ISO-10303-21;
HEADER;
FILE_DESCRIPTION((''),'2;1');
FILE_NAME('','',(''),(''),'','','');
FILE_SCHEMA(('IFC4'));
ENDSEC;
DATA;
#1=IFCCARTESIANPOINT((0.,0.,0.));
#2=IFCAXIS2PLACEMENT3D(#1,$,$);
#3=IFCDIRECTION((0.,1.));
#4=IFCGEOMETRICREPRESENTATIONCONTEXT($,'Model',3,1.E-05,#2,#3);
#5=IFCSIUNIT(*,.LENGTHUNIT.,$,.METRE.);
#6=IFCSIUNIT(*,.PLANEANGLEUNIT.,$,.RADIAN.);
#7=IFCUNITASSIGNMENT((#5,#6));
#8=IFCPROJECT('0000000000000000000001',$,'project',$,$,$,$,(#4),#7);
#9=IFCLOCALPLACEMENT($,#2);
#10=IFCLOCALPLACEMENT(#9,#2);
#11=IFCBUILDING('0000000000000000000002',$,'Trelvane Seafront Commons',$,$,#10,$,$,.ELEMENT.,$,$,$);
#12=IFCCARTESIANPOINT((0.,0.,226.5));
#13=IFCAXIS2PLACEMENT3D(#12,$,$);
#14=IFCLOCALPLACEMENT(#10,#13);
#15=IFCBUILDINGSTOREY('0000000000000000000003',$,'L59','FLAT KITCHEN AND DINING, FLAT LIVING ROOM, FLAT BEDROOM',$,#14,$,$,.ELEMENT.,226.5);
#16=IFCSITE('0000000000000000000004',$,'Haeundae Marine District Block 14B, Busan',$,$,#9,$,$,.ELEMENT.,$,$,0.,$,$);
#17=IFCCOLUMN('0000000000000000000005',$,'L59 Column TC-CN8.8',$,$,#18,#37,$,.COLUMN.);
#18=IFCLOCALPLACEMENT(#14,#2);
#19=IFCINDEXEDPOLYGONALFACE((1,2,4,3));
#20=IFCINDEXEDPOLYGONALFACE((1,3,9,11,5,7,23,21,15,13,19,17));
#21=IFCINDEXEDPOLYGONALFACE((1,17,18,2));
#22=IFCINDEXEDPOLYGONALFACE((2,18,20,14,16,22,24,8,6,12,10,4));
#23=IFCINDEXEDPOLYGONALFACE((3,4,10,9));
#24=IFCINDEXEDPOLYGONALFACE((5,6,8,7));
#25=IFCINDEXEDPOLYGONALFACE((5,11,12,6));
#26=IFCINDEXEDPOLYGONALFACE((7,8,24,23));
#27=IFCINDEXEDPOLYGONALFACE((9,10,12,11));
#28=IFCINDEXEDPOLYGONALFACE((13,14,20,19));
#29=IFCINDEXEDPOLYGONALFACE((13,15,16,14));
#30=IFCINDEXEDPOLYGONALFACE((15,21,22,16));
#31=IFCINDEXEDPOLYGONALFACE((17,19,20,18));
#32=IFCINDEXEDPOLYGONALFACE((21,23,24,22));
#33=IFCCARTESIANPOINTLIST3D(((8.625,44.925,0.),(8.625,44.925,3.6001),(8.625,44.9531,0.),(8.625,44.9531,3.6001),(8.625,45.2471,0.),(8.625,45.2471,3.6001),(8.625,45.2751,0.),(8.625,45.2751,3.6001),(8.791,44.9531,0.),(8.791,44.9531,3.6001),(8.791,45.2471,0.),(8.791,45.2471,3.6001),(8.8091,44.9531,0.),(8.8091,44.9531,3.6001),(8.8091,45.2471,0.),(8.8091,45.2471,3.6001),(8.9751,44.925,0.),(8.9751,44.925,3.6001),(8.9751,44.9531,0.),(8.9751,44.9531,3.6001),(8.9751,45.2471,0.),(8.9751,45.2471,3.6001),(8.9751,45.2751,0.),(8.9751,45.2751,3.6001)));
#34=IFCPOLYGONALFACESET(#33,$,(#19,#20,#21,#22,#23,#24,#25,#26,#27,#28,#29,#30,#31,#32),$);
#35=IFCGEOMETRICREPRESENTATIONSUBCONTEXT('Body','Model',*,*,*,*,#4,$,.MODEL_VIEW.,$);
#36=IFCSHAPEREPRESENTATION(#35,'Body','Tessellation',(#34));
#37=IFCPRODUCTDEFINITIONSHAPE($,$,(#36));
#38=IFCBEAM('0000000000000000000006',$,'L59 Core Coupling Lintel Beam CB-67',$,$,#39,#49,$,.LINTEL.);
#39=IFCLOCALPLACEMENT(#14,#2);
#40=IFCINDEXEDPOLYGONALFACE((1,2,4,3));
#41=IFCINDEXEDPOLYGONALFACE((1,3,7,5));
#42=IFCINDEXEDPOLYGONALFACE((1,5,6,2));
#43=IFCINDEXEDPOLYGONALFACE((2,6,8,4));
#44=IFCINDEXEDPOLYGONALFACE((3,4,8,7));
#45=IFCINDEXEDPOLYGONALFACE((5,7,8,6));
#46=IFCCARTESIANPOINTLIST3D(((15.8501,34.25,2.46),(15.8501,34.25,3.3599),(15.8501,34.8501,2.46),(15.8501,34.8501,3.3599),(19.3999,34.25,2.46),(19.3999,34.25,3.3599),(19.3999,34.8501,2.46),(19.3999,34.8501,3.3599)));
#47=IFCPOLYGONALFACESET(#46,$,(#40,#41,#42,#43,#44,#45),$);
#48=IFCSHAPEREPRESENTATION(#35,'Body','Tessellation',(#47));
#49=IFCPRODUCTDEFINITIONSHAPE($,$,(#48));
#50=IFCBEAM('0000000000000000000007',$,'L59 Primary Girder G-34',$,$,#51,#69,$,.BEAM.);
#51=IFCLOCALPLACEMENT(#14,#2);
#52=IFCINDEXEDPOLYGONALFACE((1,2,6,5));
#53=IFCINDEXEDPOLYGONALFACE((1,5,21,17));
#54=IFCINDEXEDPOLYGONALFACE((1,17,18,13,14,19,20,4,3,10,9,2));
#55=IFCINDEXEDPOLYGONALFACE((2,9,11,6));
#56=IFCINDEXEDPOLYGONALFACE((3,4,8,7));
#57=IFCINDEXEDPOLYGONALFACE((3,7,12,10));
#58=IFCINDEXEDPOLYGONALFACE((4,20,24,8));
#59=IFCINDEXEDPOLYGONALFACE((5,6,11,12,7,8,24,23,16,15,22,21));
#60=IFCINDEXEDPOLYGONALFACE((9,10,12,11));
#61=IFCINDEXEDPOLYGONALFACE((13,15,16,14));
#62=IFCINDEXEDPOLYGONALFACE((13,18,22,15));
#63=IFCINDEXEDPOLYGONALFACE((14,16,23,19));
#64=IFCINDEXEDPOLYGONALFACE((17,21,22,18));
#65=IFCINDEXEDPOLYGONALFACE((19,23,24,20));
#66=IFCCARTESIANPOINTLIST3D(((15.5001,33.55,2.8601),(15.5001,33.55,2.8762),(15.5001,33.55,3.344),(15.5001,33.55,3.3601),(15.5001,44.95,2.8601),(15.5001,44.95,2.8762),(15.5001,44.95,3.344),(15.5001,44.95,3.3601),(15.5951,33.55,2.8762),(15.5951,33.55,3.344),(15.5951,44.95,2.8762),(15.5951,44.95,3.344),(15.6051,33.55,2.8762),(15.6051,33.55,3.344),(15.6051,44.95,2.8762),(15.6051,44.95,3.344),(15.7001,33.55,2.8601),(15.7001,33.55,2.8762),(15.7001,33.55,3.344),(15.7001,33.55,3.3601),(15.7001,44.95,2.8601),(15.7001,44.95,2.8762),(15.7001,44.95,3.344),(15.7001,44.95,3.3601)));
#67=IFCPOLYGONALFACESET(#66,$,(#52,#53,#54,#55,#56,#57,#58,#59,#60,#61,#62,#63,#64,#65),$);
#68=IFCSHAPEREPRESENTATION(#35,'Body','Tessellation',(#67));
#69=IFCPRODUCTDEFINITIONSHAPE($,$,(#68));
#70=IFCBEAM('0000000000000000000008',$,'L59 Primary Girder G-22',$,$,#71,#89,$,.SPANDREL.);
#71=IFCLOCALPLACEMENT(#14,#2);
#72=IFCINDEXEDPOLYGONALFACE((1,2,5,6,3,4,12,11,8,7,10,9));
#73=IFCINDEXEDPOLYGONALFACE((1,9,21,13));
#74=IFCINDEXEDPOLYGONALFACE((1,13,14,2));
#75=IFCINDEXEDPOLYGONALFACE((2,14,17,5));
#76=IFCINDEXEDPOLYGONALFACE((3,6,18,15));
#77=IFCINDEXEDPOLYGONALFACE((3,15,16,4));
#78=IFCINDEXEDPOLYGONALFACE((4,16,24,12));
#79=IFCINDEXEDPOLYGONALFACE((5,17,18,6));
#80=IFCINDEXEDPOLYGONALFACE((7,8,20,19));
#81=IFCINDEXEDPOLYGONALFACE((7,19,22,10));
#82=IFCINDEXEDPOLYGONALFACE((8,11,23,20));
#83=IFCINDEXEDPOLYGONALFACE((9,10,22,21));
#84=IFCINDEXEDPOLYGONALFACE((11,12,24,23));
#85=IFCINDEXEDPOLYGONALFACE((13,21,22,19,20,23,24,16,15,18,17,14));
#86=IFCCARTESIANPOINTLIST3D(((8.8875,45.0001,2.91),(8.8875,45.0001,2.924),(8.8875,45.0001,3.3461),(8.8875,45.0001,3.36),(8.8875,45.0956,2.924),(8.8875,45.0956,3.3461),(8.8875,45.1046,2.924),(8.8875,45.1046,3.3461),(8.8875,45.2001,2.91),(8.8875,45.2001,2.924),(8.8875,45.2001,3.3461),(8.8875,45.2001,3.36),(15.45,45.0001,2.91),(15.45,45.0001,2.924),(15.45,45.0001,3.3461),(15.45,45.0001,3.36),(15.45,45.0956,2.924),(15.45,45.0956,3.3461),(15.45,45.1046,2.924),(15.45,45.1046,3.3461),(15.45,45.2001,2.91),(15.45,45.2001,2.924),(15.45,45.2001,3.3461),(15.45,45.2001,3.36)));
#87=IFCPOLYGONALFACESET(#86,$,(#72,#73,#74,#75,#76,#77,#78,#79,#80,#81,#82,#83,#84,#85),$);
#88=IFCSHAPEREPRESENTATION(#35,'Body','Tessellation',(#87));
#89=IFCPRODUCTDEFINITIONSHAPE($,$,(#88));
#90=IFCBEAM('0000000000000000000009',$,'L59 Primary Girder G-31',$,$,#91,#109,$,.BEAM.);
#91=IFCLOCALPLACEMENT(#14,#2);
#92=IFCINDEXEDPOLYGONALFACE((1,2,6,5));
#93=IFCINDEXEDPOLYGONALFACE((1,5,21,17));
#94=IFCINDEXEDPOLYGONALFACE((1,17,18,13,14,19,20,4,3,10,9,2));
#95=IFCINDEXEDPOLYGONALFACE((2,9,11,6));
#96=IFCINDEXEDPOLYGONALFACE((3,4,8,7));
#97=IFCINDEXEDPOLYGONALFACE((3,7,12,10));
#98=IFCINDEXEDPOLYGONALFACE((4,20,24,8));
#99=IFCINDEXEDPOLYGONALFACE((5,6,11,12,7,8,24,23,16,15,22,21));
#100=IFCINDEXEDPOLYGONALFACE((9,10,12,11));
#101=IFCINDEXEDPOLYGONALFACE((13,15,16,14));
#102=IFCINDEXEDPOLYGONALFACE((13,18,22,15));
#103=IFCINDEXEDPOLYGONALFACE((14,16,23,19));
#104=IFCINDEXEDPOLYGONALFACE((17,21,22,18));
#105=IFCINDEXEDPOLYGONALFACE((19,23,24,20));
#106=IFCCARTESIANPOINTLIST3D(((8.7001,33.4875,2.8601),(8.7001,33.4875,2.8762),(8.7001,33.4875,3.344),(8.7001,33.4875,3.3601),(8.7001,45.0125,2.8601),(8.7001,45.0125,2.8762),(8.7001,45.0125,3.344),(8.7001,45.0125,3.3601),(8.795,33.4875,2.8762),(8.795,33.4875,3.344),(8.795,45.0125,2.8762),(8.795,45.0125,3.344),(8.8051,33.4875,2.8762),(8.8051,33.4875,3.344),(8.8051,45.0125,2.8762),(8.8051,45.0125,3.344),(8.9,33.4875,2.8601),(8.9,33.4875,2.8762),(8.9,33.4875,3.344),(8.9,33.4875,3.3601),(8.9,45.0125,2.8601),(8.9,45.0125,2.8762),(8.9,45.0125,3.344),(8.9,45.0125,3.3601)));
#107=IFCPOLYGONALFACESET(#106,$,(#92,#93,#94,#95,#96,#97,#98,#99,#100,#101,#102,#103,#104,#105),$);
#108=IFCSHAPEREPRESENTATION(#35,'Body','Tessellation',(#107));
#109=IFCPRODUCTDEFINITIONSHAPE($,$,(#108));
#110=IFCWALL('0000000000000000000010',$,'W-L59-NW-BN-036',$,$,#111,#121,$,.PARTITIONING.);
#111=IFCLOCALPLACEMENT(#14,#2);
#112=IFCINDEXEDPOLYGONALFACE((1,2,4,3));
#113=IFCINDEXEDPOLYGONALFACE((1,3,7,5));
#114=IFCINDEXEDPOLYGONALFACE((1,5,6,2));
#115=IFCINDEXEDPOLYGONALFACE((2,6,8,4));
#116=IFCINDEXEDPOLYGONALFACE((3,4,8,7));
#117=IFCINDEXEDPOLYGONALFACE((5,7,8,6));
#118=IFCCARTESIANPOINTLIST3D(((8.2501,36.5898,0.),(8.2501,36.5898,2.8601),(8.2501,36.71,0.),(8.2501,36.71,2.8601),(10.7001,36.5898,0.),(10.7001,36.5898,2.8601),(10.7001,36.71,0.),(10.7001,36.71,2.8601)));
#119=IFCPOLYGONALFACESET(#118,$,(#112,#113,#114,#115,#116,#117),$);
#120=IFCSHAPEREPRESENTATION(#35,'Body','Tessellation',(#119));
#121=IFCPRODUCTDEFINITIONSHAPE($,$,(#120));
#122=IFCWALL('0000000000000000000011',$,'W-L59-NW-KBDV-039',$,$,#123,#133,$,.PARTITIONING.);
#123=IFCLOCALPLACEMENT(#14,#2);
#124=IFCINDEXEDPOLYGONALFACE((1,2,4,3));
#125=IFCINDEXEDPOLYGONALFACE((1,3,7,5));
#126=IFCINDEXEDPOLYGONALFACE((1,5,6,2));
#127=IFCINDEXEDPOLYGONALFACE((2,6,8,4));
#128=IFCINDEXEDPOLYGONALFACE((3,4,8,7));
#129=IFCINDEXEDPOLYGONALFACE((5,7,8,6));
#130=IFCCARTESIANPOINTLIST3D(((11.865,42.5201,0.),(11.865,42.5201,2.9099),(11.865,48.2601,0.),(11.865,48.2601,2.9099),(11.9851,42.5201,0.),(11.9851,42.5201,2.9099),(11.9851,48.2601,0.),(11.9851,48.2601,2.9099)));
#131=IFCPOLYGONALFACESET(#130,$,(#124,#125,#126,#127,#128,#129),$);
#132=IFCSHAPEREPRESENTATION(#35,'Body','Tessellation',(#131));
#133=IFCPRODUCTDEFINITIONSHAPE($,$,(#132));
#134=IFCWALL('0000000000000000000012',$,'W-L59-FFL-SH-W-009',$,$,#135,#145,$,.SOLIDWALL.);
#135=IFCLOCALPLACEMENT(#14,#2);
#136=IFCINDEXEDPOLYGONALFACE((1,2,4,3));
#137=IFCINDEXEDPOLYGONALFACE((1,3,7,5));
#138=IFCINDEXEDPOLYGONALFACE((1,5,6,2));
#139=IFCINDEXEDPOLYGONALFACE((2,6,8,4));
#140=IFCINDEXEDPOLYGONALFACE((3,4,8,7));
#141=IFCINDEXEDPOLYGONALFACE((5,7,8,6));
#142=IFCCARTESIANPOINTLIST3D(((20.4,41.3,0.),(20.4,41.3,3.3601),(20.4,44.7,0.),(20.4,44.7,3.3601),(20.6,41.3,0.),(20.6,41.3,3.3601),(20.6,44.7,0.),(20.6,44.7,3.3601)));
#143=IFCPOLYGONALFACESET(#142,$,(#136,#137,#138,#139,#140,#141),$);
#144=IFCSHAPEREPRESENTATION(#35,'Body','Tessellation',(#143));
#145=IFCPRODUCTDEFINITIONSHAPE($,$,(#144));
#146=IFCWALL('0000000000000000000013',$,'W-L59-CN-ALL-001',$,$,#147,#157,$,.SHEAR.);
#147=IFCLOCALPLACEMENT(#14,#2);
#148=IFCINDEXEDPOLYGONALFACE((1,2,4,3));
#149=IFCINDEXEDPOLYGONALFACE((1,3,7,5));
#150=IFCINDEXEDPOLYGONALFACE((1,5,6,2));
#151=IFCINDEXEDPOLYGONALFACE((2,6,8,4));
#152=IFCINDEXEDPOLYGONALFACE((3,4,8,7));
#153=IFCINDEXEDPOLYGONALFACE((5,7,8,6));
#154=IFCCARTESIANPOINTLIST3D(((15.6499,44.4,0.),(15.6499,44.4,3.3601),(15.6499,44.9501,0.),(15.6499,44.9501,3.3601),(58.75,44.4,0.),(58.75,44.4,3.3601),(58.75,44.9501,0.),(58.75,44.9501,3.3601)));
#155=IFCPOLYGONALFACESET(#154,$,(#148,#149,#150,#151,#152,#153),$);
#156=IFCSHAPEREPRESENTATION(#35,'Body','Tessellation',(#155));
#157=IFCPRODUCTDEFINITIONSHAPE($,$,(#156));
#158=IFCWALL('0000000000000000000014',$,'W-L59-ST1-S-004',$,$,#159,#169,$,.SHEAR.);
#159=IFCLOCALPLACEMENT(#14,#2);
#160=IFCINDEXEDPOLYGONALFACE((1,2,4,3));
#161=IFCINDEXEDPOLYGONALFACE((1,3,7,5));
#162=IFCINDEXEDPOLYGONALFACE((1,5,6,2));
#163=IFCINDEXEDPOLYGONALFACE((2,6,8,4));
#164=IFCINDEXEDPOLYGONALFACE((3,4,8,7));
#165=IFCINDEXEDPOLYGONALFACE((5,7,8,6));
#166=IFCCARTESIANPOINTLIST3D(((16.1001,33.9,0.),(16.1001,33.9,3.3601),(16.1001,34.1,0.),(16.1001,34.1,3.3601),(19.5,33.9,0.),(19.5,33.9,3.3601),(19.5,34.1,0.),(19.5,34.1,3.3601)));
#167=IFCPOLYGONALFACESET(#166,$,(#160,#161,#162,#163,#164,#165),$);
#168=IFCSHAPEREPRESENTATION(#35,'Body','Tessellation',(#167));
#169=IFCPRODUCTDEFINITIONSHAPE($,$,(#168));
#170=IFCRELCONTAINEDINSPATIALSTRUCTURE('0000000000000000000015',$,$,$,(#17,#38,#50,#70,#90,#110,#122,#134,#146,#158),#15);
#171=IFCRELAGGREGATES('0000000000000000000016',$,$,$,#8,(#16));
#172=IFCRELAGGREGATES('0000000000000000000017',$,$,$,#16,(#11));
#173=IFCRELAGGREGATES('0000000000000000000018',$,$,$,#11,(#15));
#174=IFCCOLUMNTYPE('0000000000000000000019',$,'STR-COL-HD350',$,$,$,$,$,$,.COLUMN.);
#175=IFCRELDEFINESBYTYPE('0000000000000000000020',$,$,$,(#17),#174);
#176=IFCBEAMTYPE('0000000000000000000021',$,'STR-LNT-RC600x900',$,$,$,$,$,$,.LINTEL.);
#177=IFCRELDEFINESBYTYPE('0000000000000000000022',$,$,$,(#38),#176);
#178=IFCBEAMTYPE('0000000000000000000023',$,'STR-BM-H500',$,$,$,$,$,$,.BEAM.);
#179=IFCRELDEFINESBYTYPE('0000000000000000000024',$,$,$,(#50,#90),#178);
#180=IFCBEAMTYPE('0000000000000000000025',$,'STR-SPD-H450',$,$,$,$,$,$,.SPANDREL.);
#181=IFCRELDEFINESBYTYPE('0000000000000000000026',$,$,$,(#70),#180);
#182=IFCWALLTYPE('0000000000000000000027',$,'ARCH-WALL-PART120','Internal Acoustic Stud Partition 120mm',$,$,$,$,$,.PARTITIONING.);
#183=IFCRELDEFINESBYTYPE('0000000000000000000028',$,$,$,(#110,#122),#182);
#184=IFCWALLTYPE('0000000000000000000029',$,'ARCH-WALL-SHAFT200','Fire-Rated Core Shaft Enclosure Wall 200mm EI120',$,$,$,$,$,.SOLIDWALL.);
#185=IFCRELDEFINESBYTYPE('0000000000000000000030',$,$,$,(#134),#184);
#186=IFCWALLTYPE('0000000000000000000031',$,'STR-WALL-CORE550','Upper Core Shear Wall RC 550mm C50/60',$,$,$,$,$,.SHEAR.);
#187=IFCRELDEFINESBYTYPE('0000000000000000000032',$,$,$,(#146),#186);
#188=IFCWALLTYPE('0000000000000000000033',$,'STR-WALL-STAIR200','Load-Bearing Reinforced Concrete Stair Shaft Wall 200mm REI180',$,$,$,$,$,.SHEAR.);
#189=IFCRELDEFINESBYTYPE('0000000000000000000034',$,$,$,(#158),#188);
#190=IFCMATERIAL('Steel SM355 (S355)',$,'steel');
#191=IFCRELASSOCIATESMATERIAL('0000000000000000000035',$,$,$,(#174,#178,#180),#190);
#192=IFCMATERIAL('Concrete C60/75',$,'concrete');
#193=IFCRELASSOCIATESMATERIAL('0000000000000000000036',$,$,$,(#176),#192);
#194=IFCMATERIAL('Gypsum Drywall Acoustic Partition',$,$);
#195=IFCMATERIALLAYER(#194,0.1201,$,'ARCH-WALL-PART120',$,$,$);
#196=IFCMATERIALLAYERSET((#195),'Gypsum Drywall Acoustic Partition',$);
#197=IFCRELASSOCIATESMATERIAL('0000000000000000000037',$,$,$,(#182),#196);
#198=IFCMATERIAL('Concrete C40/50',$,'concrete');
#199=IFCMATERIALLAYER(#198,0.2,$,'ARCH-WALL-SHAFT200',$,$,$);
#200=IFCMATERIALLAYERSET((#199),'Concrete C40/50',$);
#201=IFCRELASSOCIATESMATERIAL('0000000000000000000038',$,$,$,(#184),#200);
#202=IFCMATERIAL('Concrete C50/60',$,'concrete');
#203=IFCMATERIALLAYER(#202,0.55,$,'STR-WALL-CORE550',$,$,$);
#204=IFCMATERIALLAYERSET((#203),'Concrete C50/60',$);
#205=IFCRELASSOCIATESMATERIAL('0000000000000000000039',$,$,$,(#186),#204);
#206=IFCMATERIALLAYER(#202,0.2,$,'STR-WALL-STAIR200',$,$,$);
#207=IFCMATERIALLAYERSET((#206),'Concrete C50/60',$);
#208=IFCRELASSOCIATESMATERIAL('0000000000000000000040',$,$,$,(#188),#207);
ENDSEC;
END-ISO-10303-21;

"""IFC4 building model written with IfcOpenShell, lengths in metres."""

from ifc_helpers import new_model, si_unit, direction, frame, frame_2d, origin, origin_2d, place, context, subcontext, project, spatial, rectangle, i_section, extrude, source, transform, mapped, material, layer, layer_set, material_profile, profile_set, type_object, element, save


model = new_model("IFC4")

# Units and contexts
model_context = context("Model", 3, precision=1e-05, world=origin(), true_north=direction((0.0, 1.0)))
body_context = subcontext(model_context, "Body", "Model", "MODEL_VIEW")
ifc_project = project(units=[si_unit("LENGTHUNIT", "METRE"), si_unit("PLANEANGLEUNIT", "RADIAN")], contexts=[model_context])

# Site, building, storey
site_placement = place(None, origin())
site = spatial("IfcSite", under=ifc_project, at=site_placement, Name="Haeundae Marine District Block 14B, Busan", CompositionType="ELEMENT", RefElevation=0.0)
building_placement = place(site_placement, origin())
building = spatial("IfcBuilding", under=site, at=building_placement, Name="Trelvane Seafront Commons", CompositionType="ELEMENT")
storey_placement = place(building_placement, frame((0.0, 0.0, 226.5)))
storey = spatial("IfcBuildingStorey", under=building, at=storey_placement, Name="L59", Description="FLAT KITCHEN AND DINING, FLAT LIVING ROOM, FLAT BEDROOM", CompositionType="ELEMENT", Elevation=226.5)

# Column
ifc_material_1 = material(Name="Steel SM355 (S355)", Category="steel")
ifc_material_profile_1 = material_profile(ifc_material_1, i_section(OverallWidth=0.3501, OverallDepth=0.3501, WebThickness=0.0181, FlangeThickness=0.0281, at=origin_2d()), Name="HD-350x350x18x28")
ifc_profile_set_1 = profile_set([ifc_material_profile_1], Name="Steel SM355 (S355)")
column_type = type_object("IfcColumnType", Name="STR-COL-HD350", PredefinedType="COLUMN", material=ifc_profile_set_1)
shared_shape_1 = source(origin(), body_context, "Body", "SweptSolid", [
    extrude(i_section(OverallWidth=0.3501, OverallDepth=0.3501, WebThickness=0.0181, FlangeThickness=0.0281, at=origin_2d()), origin(), (0.0, 0.0, 1.0), 3.6001),
])
column_placement = place(storey_placement, frame((8.8, 45.1001, 0.0), z_axis=(0.0, 0.0, 1.0), x_axis=(1.0, 0.0, 0.0)))
element("IfcColumn", 1, at=column_placement, inside=storey, type_object=column_type, Name="L59 Column TC-CN8.8", PredefinedType="COLUMN", context=body_context, shape_type="MappedRepresentation", body=[
    mapped(shared_shape_1, transform((0.0, 0.0, 0.0), x_axis=(1.0, 0.0, 0.0), y_axis=(0.0, 1.0, 0.0), z_axis=(0.0, 0.0, 1.0), scale=1.0)),
])

# Beams
ifc_material_2 = material(Name="Concrete C60/75", Category="concrete")
ifc_material_profile_2 = material_profile(ifc_material_2, rectangle(XDim=0.6001, YDim=0.8999, at=origin_2d()), Name="RC-600x900")
ifc_profile_set_2 = profile_set([ifc_material_profile_2], Name="Concrete C60/75")
beam_type_1 = type_object("IfcBeamType", Name="STR-LNT-RC600x900", PredefinedType="LINTEL", material=ifc_profile_set_2)
shared_shape_2 = source(origin(), body_context, "Body", "SweptSolid", [
    extrude(rectangle(XDim=0.6001, YDim=0.8999, at=origin_2d()), origin(), (0.0, 0.0, 1.0), 3.5498),
])
beam_1_placement = place(storey_placement, frame((15.8501, 34.55, 2.9099), z_axis=(1.0, 0.0, 0.0), x_axis=(0.0, 1.0, 0.0)))
element("IfcBeam", 2, at=beam_1_placement, inside=storey, type_object=beam_type_1, Name="L59 Core Coupling Lintel Beam CB-67", PredefinedType="LINTEL", context=body_context, shape_type="MappedRepresentation", body=[
    mapped(shared_shape_2, transform((0.0, 0.0, 0.0), x_axis=(1.0, 0.0, 0.0), y_axis=(0.0, 1.0, 0.0), z_axis=(0.0, 0.0, 1.0), scale=1.0)),
])
ifc_material_profile_3 = material_profile(ifc_material_1, i_section(OverallWidth=0.2, OverallDepth=0.5, WebThickness=0.01, FlangeThickness=0.0161, at=origin_2d()), Name="H-500x200x10x16")
ifc_profile_set_3 = profile_set([ifc_material_profile_3], Name="Steel SM355 (S355)")
beam_type_2 = type_object("IfcBeamType", Name="STR-BM-H500", PredefinedType="BEAM", material=ifc_profile_set_3)
shared_shape_3 = source(origin(), body_context, "Body", "SweptSolid", [
    extrude(i_section(OverallWidth=0.2, OverallDepth=0.5, WebThickness=0.01, FlangeThickness=0.0161, at=origin_2d()), origin(), (0.0, 0.0, 1.0), 11.3999),
])
beam_2_placement = place(storey_placement, frame((15.6001, 33.55, 3.1101), z_axis=(0.0, 1.0, 0.0), x_axis=(-1.0, 0.0, 0.0)))
element("IfcBeam", 3, at=beam_2_placement, inside=storey, type_object=beam_type_2, Name="L59 Primary Girder G-34", PredefinedType="BEAM", context=body_context, shape_type="MappedRepresentation", body=[
    mapped(shared_shape_3, transform((0.0, 0.0, 0.0), x_axis=(1.0, 0.0, 0.0), y_axis=(0.0, 1.0, 0.0), z_axis=(0.0, 0.0, 1.0), scale=1.0)),
])
ifc_material_profile_4 = material_profile(ifc_material_1, i_section(OverallWidth=0.2, OverallDepth=0.45, WebThickness=0.009, FlangeThickness=0.0139, at=origin_2d()), Name="H-450x200x9x14")
ifc_profile_set_4 = profile_set([ifc_material_profile_4], Name="Steel SM355 (S355)")
beam_type_3 = type_object("IfcBeamType", Name="STR-SPD-H450", PredefinedType="SPANDREL", material=ifc_profile_set_4)
shared_shape_4 = source(origin(), body_context, "Body", "SweptSolid", [
    extrude(i_section(OverallWidth=0.2, OverallDepth=0.45, WebThickness=0.009, FlangeThickness=0.0139, at=origin_2d()), origin(), (0.0, 0.0, 1.0), 6.5625),
])
beam_3_placement = place(storey_placement, frame((8.8875, 45.1001, 3.135), z_axis=(1.0, 0.0, 0.0), x_axis=(0.0, 1.0, 0.0)))
element("IfcBeam", 4, at=beam_3_placement, inside=storey, type_object=beam_type_3, Name="L59 Primary Girder G-22", PredefinedType="SPANDREL", context=body_context, shape_type="MappedRepresentation", body=[
    mapped(shared_shape_4, transform((0.0, 0.0, 0.0), x_axis=(1.0, 0.0, 0.0), y_axis=(0.0, 1.0, 0.0), z_axis=(0.0, 0.0, 1.0), scale=1.0)),
])
shared_shape_5 = source(origin(), body_context, "Body", "SweptSolid", [
    extrude(i_section(OverallWidth=0.2, OverallDepth=0.5, WebThickness=0.01, FlangeThickness=0.0161, at=origin_2d()), origin(), (0.0, 0.0, 1.0), 11.5249),
])
beam_4_placement = place(storey_placement, frame((8.8, 33.4875, 3.1101), z_axis=(0.0, 1.0, 0.0), x_axis=(-1.0, 0.0, 0.0)))
element("IfcBeam", 5, at=beam_4_placement, inside=storey, type_object=beam_type_2, Name="L59 Primary Girder G-31", PredefinedType="BEAM", context=body_context, shape_type="MappedRepresentation", body=[
    mapped(shared_shape_5, transform((0.0, 0.0, 0.0), x_axis=(1.0, 0.0, 0.0), y_axis=(0.0, 1.0, 0.0), z_axis=(0.0, 0.0, 1.0), scale=1.0)),
])

# Wall
ifc_material_3 = material(Name="Gypsum Drywall Acoustic Partition")
ifc_layer_1 = layer(ifc_material_3, 0.1201, Name="ARCH-WALL-PART120")
ifc_layer_set_1 = layer_set([ifc_layer_1], Name="Gypsum Drywall Acoustic Partition")
wall_type_1 = type_object("IfcWallType", Name="ARCH-WALL-PART120", Description="Internal Acoustic Stud Partition 120mm", PredefinedType="PARTITIONING", material=ifc_layer_set_1)
wall_1_placement = place(storey_placement, frame((8.25, 36.6499, 0.0), z_axis=(0.0, 0.0, 1.0), x_axis=(1.0, 0.0, 0.0)))
element("IfcWall", 6, at=wall_1_placement, inside=storey, type_object=wall_type_1, Name="W-L59-NW-BN-036", PredefinedType="PARTITIONING", context=body_context, shape_type="SweptSolid", body=[
    extrude(rectangle(XDim=2.45, YDim=0.1201, at=frame_2d((1.2251, 0.0))), origin(), (0.0, 0.0, 1.0), 2.8601),
])

# Wall
wall_2_placement = place(storey_placement, frame((11.925, 42.52, 0.0), z_axis=(0.0, 0.0, 1.0), x_axis=(0.0, 1.0, 0.0)))
element("IfcWall", 7, at=wall_2_placement, inside=storey, type_object=wall_type_1, Name="W-L59-NW-KBDV-039", PredefinedType="PARTITIONING", context=body_context, shape_type="SweptSolid", body=[
    extrude(rectangle(XDim=5.74, YDim=0.1201, at=frame_2d((2.8701, 0.0))), origin(), (0.0, 0.0, 1.0), 2.9099),
])

# Shared definitions
ifc_material_4 = material(Name="Concrete C40/50", Category="concrete")
ifc_layer_2 = layer(ifc_material_4, 0.2, Name="ARCH-WALL-SHAFT200")
ifc_layer_set_2 = layer_set([ifc_layer_2], Name="Concrete C40/50")
wall_type_2 = type_object("IfcWallType", Name="ARCH-WALL-SHAFT200", Description="Fire-Rated Core Shaft Enclosure Wall 200mm EI120", PredefinedType="SOLIDWALL", material=ifc_layer_set_2)

# Walls
wall_3_placement = place(storey_placement, frame((20.5, 41.3, 0.0), z_axis=(0.0, 0.0, 1.0), x_axis=(0.0, 1.0, 0.0)))
element("IfcWall", 8, at=wall_3_placement, inside=storey, type_object=wall_type_2, Name="W-L59-FFL-SH-W-009", PredefinedType="SOLIDWALL", context=body_context, shape_type="SweptSolid", body=[
    extrude(rectangle(XDim=3.3999, YDim=0.2, at=frame_2d((1.7, 0.0))), origin(), (0.0, 0.0, 1.0), 3.3601),
])
ifc_material_5 = material(Name="Concrete C50/60", Category="concrete")
ifc_layer_3 = layer(ifc_material_5, 0.55, Name="STR-WALL-CORE550")
ifc_layer_set_3 = layer_set([ifc_layer_3], Name="Concrete C50/60")
wall_type_3 = type_object("IfcWallType", Name="STR-WALL-CORE550", Description="Upper Core Shear Wall RC 550mm C50/60", PredefinedType="SHEAR", material=ifc_layer_set_3)
wall_4_placement = place(storey_placement, frame((15.6499, 44.675, 0.0), z_axis=(0.0, 0.0, 1.0), x_axis=(1.0, 0.0, 0.0)))
element("IfcWall", 9, at=wall_4_placement, inside=storey, type_object=wall_type_3, Name="W-L59-CN-ALL-001", PredefinedType="SHEAR", context=body_context, shape_type="SweptSolid", body=[
    extrude(rectangle(XDim=43.1001, YDim=0.55, at=frame_2d((21.55, 0.0))), origin(), (0.0, 0.0, 1.0), 3.3601),
])
ifc_layer_4 = layer(ifc_material_5, 0.2, Name="STR-WALL-STAIR200")
ifc_layer_set_4 = layer_set([ifc_layer_4], Name="Concrete C50/60")
wall_type_4 = type_object("IfcWallType", Name="STR-WALL-STAIR200", Description="Load-Bearing Reinforced Concrete Stair Shaft Wall 200mm REI180", PredefinedType="SHEAR", material=ifc_layer_set_4)
wall_5_placement = place(storey_placement, frame((16.1001, 34.0, 0.0), z_axis=(0.0, 0.0, 1.0), x_axis=(1.0, 0.0, 0.0)))
element("IfcWall", 10, at=wall_5_placement, inside=storey, type_object=wall_type_4, Name="W-L59-ST1-S-004", PredefinedType="SHEAR", context=body_context, shape_type="SweptSolid", body=[
    extrude(rectangle(XDim=3.3999, YDim=0.2, at=frame_2d((1.7, 0.0))), origin(), (0.0, 0.0, 1.0), 3.3601),
])

save(model, "model.ifc")
